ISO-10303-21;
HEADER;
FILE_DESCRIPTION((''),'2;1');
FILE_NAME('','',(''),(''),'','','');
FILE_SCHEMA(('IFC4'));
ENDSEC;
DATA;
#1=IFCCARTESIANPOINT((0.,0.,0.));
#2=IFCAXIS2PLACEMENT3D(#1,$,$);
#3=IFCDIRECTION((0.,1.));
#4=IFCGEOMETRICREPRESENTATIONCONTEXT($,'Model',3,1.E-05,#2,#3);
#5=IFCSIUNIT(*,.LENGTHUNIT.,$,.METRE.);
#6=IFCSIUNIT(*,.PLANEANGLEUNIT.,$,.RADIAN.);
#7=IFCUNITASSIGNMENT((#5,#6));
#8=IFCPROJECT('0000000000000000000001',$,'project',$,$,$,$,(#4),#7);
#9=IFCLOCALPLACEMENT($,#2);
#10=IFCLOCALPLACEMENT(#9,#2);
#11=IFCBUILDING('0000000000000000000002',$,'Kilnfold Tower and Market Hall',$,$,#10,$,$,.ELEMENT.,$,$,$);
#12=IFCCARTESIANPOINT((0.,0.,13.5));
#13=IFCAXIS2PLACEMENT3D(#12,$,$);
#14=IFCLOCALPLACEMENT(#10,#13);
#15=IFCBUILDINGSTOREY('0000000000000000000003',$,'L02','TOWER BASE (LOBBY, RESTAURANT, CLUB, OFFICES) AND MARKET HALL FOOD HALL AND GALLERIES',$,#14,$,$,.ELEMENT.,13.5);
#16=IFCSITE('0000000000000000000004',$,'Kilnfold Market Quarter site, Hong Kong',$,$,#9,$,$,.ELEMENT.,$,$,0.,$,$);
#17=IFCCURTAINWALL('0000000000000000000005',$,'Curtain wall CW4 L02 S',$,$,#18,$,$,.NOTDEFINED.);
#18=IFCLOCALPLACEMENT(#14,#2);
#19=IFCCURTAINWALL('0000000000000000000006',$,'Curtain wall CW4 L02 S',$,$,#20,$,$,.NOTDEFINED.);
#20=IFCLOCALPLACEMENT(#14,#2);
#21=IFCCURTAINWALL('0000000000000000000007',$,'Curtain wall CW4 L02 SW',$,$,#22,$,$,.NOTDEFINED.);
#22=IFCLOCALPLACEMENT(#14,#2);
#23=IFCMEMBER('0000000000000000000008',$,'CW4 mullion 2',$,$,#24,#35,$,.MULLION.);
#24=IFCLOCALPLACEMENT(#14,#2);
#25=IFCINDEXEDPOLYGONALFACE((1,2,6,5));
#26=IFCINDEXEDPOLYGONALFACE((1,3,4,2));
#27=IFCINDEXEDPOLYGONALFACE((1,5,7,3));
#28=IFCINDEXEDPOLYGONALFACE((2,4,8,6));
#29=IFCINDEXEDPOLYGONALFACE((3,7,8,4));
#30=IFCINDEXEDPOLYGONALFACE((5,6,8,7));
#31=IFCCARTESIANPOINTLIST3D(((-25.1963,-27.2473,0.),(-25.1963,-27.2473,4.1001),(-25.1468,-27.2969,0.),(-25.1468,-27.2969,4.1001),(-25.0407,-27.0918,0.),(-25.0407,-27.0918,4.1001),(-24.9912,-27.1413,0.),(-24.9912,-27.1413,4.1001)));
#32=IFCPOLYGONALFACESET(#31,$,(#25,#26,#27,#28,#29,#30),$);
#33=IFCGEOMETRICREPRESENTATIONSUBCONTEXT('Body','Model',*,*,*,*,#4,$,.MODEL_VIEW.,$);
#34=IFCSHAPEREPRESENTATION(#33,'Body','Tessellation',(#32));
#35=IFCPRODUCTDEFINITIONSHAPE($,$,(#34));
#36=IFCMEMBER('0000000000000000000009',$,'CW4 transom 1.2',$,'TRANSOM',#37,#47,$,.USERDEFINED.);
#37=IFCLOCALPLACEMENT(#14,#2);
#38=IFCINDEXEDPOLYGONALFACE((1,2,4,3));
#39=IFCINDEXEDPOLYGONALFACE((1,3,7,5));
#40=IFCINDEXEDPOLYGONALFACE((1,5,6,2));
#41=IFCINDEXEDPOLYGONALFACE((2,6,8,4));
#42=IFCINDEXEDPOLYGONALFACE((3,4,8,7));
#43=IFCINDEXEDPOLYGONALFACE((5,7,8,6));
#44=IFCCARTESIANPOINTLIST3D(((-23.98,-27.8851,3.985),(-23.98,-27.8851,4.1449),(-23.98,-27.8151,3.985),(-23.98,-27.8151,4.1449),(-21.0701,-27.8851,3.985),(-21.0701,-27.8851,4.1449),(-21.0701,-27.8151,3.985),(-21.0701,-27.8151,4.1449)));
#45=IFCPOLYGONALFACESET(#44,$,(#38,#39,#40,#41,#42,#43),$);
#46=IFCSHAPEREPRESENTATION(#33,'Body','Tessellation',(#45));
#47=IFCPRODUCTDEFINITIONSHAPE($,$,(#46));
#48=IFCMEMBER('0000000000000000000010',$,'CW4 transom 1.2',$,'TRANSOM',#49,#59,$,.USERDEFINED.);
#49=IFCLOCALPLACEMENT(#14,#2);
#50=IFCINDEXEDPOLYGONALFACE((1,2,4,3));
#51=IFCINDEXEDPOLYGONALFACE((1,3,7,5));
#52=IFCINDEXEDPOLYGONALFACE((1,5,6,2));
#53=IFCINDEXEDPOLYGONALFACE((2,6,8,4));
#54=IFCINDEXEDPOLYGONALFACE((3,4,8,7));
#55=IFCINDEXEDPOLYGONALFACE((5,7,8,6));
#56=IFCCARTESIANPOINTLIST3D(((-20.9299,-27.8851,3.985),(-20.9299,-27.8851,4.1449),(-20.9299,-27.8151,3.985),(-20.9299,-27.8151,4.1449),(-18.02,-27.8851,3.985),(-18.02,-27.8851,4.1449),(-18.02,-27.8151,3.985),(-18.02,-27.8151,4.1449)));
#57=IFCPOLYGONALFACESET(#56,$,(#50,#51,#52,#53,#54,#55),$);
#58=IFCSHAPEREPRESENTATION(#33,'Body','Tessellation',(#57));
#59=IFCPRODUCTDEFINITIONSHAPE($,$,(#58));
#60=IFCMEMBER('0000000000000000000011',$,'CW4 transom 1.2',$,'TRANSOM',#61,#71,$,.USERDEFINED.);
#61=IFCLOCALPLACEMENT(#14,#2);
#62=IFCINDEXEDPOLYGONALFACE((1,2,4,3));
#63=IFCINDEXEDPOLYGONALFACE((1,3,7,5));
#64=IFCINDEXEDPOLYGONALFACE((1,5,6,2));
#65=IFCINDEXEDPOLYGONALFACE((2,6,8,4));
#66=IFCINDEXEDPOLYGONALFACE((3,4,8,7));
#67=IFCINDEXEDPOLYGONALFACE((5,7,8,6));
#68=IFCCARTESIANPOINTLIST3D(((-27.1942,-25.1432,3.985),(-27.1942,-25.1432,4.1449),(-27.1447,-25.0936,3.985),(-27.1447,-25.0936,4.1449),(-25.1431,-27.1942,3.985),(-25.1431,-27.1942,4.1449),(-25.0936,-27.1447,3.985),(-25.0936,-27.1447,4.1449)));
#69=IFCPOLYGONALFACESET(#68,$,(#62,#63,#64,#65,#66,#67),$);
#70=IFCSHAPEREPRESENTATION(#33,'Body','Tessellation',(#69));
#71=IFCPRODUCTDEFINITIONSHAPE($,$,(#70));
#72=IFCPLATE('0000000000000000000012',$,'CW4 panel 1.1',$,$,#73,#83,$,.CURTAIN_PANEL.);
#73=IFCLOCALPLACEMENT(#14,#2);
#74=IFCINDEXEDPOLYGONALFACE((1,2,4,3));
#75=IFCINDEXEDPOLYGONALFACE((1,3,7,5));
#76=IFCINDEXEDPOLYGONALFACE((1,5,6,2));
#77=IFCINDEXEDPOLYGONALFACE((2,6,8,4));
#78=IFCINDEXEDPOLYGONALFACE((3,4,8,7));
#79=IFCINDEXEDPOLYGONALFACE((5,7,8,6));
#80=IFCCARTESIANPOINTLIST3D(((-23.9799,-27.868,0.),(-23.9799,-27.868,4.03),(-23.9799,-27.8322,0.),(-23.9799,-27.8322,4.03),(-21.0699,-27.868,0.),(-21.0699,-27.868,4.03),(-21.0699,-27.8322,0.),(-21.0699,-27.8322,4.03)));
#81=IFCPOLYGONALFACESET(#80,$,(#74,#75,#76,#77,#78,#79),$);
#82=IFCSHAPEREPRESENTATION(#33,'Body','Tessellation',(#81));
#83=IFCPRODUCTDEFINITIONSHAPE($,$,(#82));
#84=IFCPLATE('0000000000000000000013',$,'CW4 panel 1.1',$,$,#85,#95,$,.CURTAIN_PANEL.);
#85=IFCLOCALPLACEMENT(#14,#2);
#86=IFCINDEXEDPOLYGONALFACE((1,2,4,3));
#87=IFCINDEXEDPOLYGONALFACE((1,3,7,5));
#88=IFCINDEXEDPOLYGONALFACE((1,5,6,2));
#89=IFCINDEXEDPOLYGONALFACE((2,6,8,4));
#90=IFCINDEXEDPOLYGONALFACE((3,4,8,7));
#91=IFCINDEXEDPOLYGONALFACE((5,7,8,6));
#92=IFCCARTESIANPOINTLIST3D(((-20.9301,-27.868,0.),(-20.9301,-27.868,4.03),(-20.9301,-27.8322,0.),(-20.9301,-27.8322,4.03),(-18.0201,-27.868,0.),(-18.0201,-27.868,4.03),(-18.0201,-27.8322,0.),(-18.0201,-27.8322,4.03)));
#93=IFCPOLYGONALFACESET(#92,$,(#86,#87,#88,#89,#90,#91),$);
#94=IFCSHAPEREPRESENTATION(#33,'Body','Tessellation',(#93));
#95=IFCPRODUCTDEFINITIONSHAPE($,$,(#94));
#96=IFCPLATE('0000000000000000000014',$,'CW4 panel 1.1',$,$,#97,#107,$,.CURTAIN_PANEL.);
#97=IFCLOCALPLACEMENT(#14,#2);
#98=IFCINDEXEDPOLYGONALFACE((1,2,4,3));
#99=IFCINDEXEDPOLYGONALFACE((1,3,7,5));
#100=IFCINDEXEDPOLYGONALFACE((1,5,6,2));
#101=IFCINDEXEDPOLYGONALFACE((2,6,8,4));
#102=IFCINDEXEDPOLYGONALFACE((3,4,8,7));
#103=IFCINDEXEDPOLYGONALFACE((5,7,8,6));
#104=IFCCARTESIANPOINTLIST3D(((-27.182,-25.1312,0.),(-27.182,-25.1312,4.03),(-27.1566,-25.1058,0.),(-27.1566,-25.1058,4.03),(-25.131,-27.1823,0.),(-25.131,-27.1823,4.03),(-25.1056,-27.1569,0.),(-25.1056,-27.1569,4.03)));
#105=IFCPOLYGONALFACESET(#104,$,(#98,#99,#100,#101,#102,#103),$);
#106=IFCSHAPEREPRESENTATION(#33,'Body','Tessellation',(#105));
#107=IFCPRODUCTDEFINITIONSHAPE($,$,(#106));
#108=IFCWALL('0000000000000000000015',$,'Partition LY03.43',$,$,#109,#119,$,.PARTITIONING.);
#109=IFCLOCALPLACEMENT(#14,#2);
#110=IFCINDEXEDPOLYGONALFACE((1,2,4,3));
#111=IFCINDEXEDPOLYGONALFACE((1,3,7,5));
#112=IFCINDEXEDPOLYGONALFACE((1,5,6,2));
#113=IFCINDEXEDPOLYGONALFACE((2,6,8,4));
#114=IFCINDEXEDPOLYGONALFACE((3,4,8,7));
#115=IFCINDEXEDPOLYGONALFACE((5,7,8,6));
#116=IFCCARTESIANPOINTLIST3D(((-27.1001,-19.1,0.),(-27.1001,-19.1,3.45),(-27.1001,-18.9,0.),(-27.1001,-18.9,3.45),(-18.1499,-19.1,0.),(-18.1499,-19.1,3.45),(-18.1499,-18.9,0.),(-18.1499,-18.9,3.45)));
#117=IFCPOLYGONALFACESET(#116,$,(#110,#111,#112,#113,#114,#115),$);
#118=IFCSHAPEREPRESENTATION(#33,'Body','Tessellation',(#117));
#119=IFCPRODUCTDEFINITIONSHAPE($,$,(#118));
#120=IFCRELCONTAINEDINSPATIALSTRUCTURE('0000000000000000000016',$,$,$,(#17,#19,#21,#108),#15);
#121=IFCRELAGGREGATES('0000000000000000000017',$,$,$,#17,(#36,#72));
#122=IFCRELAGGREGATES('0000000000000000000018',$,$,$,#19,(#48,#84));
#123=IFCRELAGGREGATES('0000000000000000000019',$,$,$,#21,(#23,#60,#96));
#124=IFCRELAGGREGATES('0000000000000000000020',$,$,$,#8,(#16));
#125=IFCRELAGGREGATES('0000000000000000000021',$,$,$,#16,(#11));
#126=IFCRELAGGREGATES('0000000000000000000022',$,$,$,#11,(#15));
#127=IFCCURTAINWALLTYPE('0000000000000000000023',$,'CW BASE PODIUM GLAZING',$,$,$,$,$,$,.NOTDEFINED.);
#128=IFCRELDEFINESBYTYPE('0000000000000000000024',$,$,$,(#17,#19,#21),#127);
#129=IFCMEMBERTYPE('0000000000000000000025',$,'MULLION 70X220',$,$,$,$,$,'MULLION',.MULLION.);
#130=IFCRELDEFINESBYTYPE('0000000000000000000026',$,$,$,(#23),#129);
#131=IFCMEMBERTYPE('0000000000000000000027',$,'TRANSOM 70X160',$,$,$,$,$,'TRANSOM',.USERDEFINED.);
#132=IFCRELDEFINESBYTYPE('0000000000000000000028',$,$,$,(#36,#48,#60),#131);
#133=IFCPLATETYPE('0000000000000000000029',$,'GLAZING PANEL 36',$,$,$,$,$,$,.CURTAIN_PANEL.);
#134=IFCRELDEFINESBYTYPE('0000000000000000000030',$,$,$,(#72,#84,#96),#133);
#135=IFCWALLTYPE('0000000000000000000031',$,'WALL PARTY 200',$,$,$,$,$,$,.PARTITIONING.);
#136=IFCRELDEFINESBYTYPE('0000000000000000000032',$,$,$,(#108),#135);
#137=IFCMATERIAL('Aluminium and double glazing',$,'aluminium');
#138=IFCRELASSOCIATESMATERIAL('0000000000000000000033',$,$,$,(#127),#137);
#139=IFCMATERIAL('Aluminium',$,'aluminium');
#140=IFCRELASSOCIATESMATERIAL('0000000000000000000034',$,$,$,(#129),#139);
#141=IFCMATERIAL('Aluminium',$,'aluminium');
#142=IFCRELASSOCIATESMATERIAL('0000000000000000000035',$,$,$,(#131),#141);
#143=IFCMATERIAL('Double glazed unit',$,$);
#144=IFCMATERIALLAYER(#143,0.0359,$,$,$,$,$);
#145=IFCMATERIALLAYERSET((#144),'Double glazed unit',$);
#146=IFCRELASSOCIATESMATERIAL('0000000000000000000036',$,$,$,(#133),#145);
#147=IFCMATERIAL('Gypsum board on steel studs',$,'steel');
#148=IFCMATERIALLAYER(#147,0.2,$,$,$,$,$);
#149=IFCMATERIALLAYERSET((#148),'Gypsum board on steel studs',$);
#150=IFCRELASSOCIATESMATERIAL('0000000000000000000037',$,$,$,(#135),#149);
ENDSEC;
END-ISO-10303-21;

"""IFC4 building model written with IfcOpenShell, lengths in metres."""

from ifc_helpers import new_model, si_unit, direction, frame, frame_2d, origin, origin_2d, place, context, subcontext, project, spatial, rectangle, extrude, source, transform, mapped, material, layer, layer_set, material_profile, profile_set, type_object, element, aggregate, save


model = new_model("IFC4")

# Units and contexts
model_context = context("Model", 3, precision=1e-05, world=origin(), true_north=direction((0.0, 1.0)))
body_context = subcontext(model_context, "Body", "Model", "MODEL_VIEW")
ifc_project = project(units=[si_unit("LENGTHUNIT", "METRE"), si_unit("PLANEANGLEUNIT", "RADIAN")], contexts=[model_context])

# Site, building, storey
site_placement = place(None, origin())
site = spatial("IfcSite", under=ifc_project, at=site_placement, Name="Kilnfold Market Quarter site, Hong Kong", CompositionType="ELEMENT", RefElevation=0.0)
building_placement = place(site_placement, origin())
building = spatial("IfcBuilding", under=site, at=building_placement, Name="Kilnfold Tower and Market Hall", CompositionType="ELEMENT")
storey_placement = place(building_placement, frame((0.0, 0.0, 13.5)))
storey = spatial("IfcBuildingStorey", under=building, at=storey_placement, Name="L02", Description="TOWER BASE (LOBBY, RESTAURANT, CLUB, OFFICES) AND MARKET HALL FOOD HALL AND GALLERIES", CompositionType="ELEMENT", Elevation=13.5)

# Curtain walls, member
ifc_material_1 = material(Name="Aluminium and double glazing", Category="aluminium")
curtain_wall_type = type_object("IfcCurtainWallType", Name="CW BASE PODIUM GLAZING", PredefinedType="NOTDEFINED", material=ifc_material_1)
curtain_wall_1_placement = place(storey_placement, origin())
curtain_wall_1 = element("IfcCurtainWall", 1, at=curtain_wall_1_placement, inside=storey, type_object=curtain_wall_type, Name="Curtain wall CW4 L02 S", PredefinedType="NOTDEFINED")
ifc_material_2 = material(Name="Aluminium", Category="aluminium")
ifc_material_profile_1 = material_profile(ifc_material_2, rectangle(XDim=0.0701, YDim=0.22, at=origin_2d()), Name="MULLION 70x220")
ifc_profile_set_1 = profile_set([ifc_material_profile_1], Name="Aluminium")
member_type_1 = type_object("IfcMemberType", Name="MULLION 70X220", ElementType="MULLION", PredefinedType="MULLION", material=ifc_profile_set_1)
shared_shape_1 = source(origin(), body_context, "Body", "SweptSolid", [
    extrude(rectangle(XDim=0.0701, YDim=0.22, at=origin_2d()), origin(), (0.0, 0.0, 1.0), 4.1001),
])
curtain_wall_2_placement = place(storey_placement, origin())
curtain_wall_2 = element("IfcCurtainWall", 2, at=curtain_wall_2_placement, inside=storey, type_object=curtain_wall_type, Name="Curtain wall CW4 L02 S", PredefinedType="NOTDEFINED")
curtain_wall_3_placement = place(storey_placement, origin())
curtain_wall_3 = element("IfcCurtainWall", 3, at=curtain_wall_3_placement, inside=storey, type_object=curtain_wall_type, Name="Curtain wall CW4 L02 SW", PredefinedType="NOTDEFINED")
member_1_placement = place(storey_placement, frame((-25.0938, -27.1943, 0.0), z_axis=(0.0, 0.0, 1.0), x_axis=(0.70709, -0.707123, 0.0)))
member_1 = element("IfcMember", 4, at=member_1_placement, type_object=member_type_1, Name="CW4 mullion 2", PredefinedType="MULLION", context=body_context, shape_type="MappedRepresentation", body=[
    mapped(shared_shape_1, transform((0.0, 0.0, 0.0))),
])

# Members
ifc_material_3 = material(Name="Aluminium", Category="aluminium")
ifc_material_profile_2 = material_profile(ifc_material_3, rectangle(XDim=0.0701, YDim=0.1599, at=origin_2d()), Name="TRANSOM 70x160")
ifc_profile_set_2 = profile_set([ifc_material_profile_2], Name="Aluminium")
member_type_2 = type_object("IfcMemberType", Name="TRANSOM 70X160", ElementType="TRANSOM", PredefinedType="USERDEFINED", material=ifc_profile_set_2)
shared_shape_2 = source(origin(), body_context, "Body", "SweptSolid", [
    extrude(rectangle(XDim=0.0701, YDim=0.1599, at=origin_2d()), origin(), (0.0, 0.0, 1.0), 2.9099),
])
member_2_placement = place(storey_placement, frame((-23.98, -27.8501, 4.0649), z_axis=(1.0, 0.0, 0.0), x_axis=(0.0, 1.0, 0.0)))
member_2 = element("IfcMember", 5, at=member_2_placement, type_object=member_type_2, Name="CW4 transom 1.2", ObjectType="TRANSOM", PredefinedType="USERDEFINED", context=body_context, shape_type="MappedRepresentation", body=[
    mapped(shared_shape_2, transform((0.0, 0.0, 0.0))),
])
member_3_placement = place(storey_placement, frame((-20.9299, -27.8501, 4.0649), z_axis=(1.0, 0.0, 0.0), x_axis=(0.0, 1.0, 0.0)))
member_3 = element("IfcMember", 6, at=member_3_placement, type_object=member_type_2, Name="CW4 transom 1.2", ObjectType="TRANSOM", PredefinedType="USERDEFINED", context=body_context, shape_type="MappedRepresentation", body=[
    mapped(shared_shape_2, transform((0.0, 0.0, 0.0))),
])
shared_shape_3 = source(origin(), body_context, "Body", "SweptSolid", [
    extrude(rectangle(XDim=0.0701, YDim=0.1599, at=origin_2d()), origin(), (0.0, 0.0, 1.0), 2.9006),
])
member_4_placement = place(storey_placement, frame((-27.1694, -25.1184, 4.0649), z_axis=(0.707107, -0.707107, 0.0), x_axis=(0.707107, 0.707107, 0.0)))
member_4 = element("IfcMember", 7, at=member_4_placement, type_object=member_type_2, Name="CW4 transom 1.2", ObjectType="TRANSOM", PredefinedType="USERDEFINED", context=body_context, shape_type="MappedRepresentation", body=[
    mapped(shared_shape_3, transform((0.0, 0.0, 0.0))),
])

# Plates
ifc_material_4 = material(Name="Double glazed unit")
ifc_layer_1 = layer(ifc_material_4, 0.0359)
ifc_layer_set_1 = layer_set([ifc_layer_1], Name="Double glazed unit")
plate_type = type_object("IfcPlateType", Name="GLAZING PANEL 36", PredefinedType="CURTAIN_PANEL", material=ifc_layer_set_1)
shared_shape_4 = source(origin(), body_context, "Body", "SweptSolid", [
    extrude(rectangle(XDim=2.9099, YDim=0.0359, at=origin_2d()), origin(), (0.0, 0.0, 1.0), 4.03),
])
plate_1_placement = place(storey_placement, frame((-22.5249, -27.8501, 0.0), z_axis=(0.0, 0.0, 1.0), x_axis=(1.0, 0.0, 0.0)))
plate_1 = element("IfcPlate", 8, at=plate_1_placement, type_object=plate_type, Name="CW4 panel 1.1", PredefinedType="CURTAIN_PANEL", context=body_context, shape_type="MappedRepresentation", body=[
    mapped(shared_shape_4, transform((0.0, 0.0, 0.0))),
])
aggregate(curtain_wall_1, [member_2, plate_1])
plate_2_placement = place(storey_placement, frame((-19.4751, -27.8501, 0.0), z_axis=(0.0, 0.0, 1.0), x_axis=(1.0, 0.0, 0.0)))
plate_2 = element("IfcPlate", 9, at=plate_2_placement, type_object=plate_type, Name="CW4 panel 1.1", PredefinedType="CURTAIN_PANEL", context=body_context, shape_type="MappedRepresentation", body=[
    mapped(shared_shape_4, transform((0.0, 0.0, 0.0))),
])
aggregate(curtain_wall_2, [member_3, plate_2])
shared_shape_5 = source(origin(), body_context, "Body", "SweptSolid", [
    extrude(rectangle(XDim=2.9006, YDim=0.0359, at=origin_2d()), origin(), (0.0, 0.0, 1.0), 4.03),
])
plate_3_placement = place(storey_placement, frame((-26.1438, -26.144, 0.0), z_axis=(0.0, 0.0, 1.0), x_axis=(0.70709, -0.707123, 0.0)))
plate_3 = element("IfcPlate", 10, at=plate_3_placement, type_object=plate_type, Name="CW4 panel 1.1", PredefinedType="CURTAIN_PANEL", context=body_context, shape_type="MappedRepresentation", body=[
    mapped(shared_shape_5, transform((0.0, 0.0, 0.0))),
])
aggregate(curtain_wall_3, [member_1, member_4, plate_3])

# Wall
ifc_material_5 = material(Name="Gypsum board on steel studs", Category="steel")
ifc_layer_2 = layer(ifc_material_5, 0.2)
ifc_layer_set_2 = layer_set([ifc_layer_2], Name="Gypsum board on steel studs")
wall_type = type_object("IfcWallType", Name="WALL PARTY 200", PredefinedType="PARTITIONING", material=ifc_layer_set_2)
wall_placement = place(storey_placement, frame((-27.1001, -19.0, 0.0), z_axis=(0.0, 0.0, 1.0), x_axis=(1.0, 0.0, 0.0)))
element("IfcWall", 11, at=wall_placement, inside=storey, type_object=wall_type, Name="Partition LY03.43", PredefinedType="PARTITIONING", context=body_context, shape_type="SweptSolid", body=[
    extrude(rectangle(XDim=8.9502, YDim=0.2, at=frame_2d((4.4751, 0.0))), origin(), (0.0, 0.0, 1.0), 3.45),
])

save(model, "model.ifc")
